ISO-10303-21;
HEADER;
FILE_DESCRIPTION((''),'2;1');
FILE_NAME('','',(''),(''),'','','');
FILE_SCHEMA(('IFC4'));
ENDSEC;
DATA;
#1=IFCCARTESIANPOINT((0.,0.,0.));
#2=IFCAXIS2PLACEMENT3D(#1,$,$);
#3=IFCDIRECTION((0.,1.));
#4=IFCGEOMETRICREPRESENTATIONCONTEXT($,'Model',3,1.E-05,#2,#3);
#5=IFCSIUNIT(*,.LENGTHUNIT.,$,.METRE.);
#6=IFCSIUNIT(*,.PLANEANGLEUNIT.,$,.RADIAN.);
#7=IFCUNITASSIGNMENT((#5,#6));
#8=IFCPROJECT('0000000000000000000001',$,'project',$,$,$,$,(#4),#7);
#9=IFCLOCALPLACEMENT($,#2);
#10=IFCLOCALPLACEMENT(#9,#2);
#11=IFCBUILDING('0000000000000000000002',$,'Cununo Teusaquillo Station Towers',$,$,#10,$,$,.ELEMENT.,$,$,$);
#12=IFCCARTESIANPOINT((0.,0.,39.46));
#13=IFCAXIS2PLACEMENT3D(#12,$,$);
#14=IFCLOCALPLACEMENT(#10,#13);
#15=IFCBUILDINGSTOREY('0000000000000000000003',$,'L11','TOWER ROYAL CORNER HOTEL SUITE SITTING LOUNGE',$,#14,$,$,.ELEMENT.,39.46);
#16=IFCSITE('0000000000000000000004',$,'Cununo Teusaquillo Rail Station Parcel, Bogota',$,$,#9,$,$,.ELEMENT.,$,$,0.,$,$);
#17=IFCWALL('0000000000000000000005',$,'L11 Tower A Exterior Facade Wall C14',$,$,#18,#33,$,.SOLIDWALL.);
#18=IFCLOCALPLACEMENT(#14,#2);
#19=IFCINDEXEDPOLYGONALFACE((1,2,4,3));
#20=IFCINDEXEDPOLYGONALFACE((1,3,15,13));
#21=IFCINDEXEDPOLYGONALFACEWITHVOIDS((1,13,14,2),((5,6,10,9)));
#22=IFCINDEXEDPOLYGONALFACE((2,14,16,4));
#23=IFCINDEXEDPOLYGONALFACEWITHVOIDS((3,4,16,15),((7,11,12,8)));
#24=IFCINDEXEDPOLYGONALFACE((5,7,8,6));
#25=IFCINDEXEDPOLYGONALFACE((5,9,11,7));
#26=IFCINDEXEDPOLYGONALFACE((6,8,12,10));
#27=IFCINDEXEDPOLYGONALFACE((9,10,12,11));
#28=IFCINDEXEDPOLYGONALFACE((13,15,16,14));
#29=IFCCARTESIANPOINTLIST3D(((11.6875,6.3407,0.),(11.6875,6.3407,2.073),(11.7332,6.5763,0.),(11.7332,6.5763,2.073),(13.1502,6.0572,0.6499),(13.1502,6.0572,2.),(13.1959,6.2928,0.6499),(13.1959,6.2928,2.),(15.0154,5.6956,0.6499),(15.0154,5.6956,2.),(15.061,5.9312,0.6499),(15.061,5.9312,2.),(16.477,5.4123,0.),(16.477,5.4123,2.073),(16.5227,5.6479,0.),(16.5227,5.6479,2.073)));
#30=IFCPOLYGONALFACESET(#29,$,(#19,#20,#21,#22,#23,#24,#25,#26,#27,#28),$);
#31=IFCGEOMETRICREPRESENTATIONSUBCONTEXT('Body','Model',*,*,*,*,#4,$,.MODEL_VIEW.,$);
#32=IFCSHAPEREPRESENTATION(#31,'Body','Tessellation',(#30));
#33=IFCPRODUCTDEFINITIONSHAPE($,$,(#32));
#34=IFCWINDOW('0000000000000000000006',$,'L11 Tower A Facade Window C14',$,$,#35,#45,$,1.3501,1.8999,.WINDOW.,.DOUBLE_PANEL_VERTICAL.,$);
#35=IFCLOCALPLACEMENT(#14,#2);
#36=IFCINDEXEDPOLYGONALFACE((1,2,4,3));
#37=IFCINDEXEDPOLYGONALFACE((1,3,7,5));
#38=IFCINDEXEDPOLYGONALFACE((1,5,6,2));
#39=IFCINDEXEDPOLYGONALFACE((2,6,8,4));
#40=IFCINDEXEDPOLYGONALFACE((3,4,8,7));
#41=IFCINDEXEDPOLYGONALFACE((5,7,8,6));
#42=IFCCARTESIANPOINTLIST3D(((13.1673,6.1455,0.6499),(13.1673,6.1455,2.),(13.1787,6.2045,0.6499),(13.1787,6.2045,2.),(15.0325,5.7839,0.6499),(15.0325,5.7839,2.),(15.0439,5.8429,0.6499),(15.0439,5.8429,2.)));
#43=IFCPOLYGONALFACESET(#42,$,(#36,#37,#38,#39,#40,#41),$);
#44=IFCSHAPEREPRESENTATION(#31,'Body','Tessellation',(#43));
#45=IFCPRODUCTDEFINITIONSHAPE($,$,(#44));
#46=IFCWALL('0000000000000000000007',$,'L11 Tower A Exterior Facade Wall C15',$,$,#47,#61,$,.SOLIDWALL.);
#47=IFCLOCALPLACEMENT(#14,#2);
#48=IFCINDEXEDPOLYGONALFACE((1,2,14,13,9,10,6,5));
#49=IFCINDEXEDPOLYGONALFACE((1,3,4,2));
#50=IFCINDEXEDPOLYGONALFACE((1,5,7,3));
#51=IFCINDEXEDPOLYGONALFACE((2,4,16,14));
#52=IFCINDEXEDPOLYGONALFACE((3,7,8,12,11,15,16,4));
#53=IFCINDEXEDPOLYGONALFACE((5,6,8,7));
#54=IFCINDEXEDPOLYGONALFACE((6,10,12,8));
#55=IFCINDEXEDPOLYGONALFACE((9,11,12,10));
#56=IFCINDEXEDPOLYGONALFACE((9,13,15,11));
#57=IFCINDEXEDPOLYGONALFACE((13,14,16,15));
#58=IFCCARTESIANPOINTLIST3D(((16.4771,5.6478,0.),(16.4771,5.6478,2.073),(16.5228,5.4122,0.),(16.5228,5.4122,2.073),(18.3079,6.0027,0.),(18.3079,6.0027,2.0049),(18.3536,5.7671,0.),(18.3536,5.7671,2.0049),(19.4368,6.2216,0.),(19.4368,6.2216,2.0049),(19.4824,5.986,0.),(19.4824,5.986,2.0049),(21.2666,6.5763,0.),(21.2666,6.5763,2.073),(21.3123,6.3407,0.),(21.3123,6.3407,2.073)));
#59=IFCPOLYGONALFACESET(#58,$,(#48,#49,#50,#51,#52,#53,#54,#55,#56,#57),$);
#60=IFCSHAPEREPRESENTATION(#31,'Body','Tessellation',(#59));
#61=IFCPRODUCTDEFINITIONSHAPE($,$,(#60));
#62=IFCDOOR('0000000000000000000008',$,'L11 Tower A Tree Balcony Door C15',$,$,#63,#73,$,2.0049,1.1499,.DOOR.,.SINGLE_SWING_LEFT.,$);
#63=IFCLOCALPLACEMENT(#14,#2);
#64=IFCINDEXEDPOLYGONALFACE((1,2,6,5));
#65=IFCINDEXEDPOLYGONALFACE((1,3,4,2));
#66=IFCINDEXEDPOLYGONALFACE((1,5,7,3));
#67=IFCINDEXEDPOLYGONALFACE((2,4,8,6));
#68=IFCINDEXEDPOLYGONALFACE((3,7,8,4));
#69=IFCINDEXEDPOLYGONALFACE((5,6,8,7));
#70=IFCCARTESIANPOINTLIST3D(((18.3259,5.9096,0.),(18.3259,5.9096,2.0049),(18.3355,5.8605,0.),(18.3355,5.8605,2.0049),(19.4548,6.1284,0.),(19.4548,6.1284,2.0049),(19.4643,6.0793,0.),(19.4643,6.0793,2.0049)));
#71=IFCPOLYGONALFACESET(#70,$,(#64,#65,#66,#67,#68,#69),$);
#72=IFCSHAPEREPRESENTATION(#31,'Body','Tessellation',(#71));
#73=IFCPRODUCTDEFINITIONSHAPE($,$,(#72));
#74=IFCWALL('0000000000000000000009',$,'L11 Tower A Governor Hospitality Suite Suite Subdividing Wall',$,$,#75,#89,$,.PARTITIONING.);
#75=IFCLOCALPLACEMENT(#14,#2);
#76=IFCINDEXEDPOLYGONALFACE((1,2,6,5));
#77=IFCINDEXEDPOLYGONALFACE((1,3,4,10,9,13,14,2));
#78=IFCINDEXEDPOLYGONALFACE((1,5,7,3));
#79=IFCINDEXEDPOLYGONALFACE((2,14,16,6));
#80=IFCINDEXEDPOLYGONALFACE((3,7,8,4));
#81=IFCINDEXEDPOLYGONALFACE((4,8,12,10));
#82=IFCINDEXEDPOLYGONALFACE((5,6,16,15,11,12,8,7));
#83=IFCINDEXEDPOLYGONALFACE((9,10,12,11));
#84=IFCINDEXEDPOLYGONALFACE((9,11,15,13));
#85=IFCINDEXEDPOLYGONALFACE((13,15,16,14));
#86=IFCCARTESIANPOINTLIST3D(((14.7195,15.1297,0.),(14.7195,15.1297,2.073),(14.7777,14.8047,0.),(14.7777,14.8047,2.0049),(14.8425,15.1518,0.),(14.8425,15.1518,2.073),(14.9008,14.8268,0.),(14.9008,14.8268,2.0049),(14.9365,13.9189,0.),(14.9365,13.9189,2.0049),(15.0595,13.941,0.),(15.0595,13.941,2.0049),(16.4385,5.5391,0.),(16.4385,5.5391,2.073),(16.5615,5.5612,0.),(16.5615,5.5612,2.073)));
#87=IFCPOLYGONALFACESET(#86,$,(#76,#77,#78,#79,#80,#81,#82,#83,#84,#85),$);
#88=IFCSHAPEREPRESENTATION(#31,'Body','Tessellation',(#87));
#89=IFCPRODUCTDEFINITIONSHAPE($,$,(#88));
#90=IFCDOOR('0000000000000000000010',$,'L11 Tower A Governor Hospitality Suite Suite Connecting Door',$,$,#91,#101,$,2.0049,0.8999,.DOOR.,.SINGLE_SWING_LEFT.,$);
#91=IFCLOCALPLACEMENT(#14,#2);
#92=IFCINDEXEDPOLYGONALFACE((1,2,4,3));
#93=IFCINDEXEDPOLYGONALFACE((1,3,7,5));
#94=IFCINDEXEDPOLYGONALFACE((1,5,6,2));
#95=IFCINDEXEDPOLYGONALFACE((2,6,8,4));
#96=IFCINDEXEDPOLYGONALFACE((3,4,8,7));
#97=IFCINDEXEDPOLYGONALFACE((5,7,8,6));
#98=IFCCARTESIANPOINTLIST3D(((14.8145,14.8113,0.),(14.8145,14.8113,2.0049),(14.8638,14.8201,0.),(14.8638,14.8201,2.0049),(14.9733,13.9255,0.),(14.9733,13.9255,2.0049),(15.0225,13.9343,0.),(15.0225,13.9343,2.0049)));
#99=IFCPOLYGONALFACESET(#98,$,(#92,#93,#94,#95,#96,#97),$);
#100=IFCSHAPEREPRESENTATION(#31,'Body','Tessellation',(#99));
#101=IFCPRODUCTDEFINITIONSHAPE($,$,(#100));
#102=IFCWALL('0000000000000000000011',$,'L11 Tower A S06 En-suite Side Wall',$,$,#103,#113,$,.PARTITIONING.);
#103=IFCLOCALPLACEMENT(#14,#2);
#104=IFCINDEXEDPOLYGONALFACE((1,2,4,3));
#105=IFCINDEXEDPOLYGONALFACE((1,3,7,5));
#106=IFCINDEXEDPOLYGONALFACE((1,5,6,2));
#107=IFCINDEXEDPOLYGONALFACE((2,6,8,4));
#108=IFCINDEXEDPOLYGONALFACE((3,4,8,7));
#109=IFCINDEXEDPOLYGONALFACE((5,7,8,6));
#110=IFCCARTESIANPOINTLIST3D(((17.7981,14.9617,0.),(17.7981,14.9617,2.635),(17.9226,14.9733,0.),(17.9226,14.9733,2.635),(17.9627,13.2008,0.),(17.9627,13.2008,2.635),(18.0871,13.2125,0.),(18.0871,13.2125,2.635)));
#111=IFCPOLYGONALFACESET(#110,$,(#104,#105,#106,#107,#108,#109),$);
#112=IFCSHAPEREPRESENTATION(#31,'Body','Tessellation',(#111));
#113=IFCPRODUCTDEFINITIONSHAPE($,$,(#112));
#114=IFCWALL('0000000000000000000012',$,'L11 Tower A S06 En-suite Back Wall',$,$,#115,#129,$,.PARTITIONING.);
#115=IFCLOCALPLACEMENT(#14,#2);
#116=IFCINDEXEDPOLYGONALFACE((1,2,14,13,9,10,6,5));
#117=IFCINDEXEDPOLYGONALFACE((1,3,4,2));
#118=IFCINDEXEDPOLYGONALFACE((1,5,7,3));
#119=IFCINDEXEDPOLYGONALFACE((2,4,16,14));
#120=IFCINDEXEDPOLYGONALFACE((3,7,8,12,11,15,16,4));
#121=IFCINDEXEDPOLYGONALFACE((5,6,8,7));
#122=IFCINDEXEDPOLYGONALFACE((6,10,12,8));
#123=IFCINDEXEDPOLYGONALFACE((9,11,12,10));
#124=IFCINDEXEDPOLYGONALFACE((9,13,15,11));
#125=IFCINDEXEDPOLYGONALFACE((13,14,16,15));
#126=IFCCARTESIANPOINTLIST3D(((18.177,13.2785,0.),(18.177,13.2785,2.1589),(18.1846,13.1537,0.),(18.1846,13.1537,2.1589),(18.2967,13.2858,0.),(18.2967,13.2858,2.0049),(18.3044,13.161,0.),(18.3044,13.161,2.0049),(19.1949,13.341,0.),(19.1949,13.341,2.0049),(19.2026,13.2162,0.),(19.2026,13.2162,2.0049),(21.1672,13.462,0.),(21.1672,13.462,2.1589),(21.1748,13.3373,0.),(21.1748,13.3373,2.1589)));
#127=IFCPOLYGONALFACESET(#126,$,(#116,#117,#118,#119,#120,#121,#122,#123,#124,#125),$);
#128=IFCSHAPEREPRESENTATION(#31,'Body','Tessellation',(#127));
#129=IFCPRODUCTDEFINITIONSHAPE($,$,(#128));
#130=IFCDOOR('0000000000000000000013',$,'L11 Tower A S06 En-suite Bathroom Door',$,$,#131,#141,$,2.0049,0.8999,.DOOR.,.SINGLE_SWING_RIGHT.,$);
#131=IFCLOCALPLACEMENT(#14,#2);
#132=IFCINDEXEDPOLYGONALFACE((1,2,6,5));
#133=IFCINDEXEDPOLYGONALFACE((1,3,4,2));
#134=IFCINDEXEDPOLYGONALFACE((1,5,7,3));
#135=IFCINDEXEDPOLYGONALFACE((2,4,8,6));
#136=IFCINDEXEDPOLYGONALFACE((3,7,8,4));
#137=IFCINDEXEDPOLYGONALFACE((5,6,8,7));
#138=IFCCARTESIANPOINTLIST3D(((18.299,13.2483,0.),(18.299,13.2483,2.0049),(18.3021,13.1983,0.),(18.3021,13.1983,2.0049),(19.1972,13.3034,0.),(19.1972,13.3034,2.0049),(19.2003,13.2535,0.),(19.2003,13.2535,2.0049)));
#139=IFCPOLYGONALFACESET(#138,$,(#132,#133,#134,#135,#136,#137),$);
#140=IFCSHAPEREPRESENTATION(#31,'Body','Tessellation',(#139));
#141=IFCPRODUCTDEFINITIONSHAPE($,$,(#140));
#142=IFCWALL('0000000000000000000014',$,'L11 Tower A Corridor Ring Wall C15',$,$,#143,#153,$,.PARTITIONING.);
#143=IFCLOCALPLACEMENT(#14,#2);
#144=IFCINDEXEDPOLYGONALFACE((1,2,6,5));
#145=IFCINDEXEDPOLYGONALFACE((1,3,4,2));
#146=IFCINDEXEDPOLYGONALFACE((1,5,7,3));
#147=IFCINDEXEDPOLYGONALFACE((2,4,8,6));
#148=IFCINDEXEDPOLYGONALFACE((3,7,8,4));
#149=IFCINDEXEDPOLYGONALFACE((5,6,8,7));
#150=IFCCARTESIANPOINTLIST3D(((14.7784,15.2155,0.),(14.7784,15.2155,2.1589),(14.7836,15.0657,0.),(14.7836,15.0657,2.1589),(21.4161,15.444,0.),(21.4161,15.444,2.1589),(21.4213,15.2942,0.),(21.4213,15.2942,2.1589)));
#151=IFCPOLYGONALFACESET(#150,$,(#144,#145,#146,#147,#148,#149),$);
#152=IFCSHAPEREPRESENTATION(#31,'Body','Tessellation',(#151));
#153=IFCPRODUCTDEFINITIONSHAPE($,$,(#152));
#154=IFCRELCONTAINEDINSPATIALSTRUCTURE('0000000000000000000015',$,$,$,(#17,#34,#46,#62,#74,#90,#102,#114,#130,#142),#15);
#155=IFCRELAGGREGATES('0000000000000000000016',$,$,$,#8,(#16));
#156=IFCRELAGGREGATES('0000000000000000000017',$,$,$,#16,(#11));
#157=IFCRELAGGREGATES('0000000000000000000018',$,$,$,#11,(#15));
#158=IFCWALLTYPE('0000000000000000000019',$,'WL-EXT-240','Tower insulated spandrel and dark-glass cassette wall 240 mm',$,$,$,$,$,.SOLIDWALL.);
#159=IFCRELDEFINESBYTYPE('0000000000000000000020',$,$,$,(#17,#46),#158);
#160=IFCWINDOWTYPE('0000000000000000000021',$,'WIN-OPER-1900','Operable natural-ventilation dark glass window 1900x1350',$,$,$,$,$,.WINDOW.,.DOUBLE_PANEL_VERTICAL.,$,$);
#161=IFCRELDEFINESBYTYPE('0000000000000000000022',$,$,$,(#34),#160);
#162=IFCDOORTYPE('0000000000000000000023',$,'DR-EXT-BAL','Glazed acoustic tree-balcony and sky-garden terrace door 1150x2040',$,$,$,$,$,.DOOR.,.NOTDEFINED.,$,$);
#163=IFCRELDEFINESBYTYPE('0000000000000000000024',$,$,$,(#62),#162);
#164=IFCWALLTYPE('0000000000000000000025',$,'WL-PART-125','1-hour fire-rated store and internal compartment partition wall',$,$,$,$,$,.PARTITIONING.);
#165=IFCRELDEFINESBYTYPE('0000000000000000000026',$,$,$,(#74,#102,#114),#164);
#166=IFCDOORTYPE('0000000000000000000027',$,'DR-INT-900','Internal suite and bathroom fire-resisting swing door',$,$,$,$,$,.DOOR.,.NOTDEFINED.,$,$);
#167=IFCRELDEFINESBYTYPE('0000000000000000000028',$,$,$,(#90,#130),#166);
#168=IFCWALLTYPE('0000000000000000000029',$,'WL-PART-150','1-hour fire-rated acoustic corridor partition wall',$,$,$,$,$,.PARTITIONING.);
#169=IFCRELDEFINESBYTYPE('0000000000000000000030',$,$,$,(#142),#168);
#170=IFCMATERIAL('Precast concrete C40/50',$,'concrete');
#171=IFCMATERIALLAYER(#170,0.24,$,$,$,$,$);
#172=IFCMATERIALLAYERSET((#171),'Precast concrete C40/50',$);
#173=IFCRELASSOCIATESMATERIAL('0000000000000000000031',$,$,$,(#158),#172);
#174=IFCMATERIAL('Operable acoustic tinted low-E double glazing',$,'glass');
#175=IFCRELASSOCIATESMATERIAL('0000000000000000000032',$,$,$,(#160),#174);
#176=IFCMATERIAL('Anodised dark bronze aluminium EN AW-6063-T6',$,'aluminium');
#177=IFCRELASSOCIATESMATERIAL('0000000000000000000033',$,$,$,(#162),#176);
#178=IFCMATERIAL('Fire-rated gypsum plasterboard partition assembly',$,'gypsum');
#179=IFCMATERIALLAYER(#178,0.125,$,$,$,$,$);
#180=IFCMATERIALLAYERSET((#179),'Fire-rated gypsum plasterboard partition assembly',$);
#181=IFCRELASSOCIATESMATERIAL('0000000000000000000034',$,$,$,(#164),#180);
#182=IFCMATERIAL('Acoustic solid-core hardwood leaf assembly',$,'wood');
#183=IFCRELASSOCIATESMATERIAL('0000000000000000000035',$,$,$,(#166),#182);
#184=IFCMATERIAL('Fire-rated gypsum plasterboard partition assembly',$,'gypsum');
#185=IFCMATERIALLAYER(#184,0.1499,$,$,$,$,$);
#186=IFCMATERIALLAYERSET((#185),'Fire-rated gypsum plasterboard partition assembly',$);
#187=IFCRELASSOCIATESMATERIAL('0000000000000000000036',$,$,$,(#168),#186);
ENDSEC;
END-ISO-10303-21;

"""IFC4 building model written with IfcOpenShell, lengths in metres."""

from ifc_helpers import new_model, si_unit, direction, frame, frame_2d, origin, place, context, subcontext, project, spatial, rectangle, extrude, source, transform, mapped, material, layer, layer_set, type_object, element, fill, save


model = new_model("IFC4")

# Units and contexts
model_context = context("Model", 3, precision=1e-05, world=origin(), true_north=direction((0.0, 1.0)))
body_context = subcontext(model_context, "Body", "Model", "MODEL_VIEW")
ifc_project = project(units=[si_unit("LENGTHUNIT", "METRE"), si_unit("PLANEANGLEUNIT", "RADIAN")], contexts=[model_context])

# Site, building, storey
site_placement = place(None, origin())
site = spatial("IfcSite", under=ifc_project, at=site_placement, Name="Cununo Teusaquillo Rail Station Parcel, Bogota", CompositionType="ELEMENT", RefElevation=0.0)
building_placement = place(site_placement, origin())
building = spatial("IfcBuilding", under=site, at=building_placement, Name="Cununo Teusaquillo Station Towers", CompositionType="ELEMENT")
storey_placement = place(building_placement, frame((0.0, 0.0, 39.46)))
storey = spatial("IfcBuildingStorey", under=building, at=storey_placement, Name="L11", Description="TOWER ROYAL CORNER HOTEL SUITE SITTING LOUNGE", CompositionType="ELEMENT", Elevation=39.46)

# Wall, opening, window
ifc_material_1 = material(Name="Precast concrete C40/50", Category="concrete")
ifc_layer_1 = layer(ifc_material_1, 0.24)
ifc_layer_set_1 = layer_set([ifc_layer_1], Name="Precast concrete C40/50")
wall_type_1 = type_object("IfcWallType", Name="WL-EXT-240", Description="Tower insulated spandrel and dark-glass cassette wall 240 mm", PredefinedType="SOLIDWALL", material=ifc_layer_set_1)
wall_1_placement = place(storey_placement, frame((16.5, 5.53, 0.0), z_axis=(0.0, 0.0, 1.0), x_axis=(-0.981724, 0.19031, 0.0)))
wall_1 = element("IfcWall", 1, at=wall_1_placement, inside=storey, type_object=wall_type_1, Name="L11 Tower A Exterior Facade Wall C14", PredefinedType="SOLIDWALL", context=body_context, shape_type="SweptSolid", body=[
    extrude(rectangle(XDim=4.8787, YDim=0.24, at=frame_2d((2.4395, 0.0))), origin(), (0.0, 0.0, 1.0), 2.073),
])
shared_shape_1 = source(origin(), body_context, "Body", "SweptSolid", [
    extrude(rectangle(XDim=1.8999, YDim=1.3501, at=frame_2d((0.95, 0.675))), frame((0.0, 0.1299, 0.0), z_axis=(0.0, -1.0, 0.0), x_axis=(1.0, 0.0, 0.0)), (0.0, 0.0, 1.0), 0.26),
])
opening_1_placement = place(wall_1_placement, frame((1.489, 0.0, 0.6499)))
opening_1 = element("IfcOpeningElement", 2, at=opening_1_placement, cuts=wall_1, PredefinedType="OPENING", context=body_context, shape_type="MappedRepresentation", body=[
    mapped(shared_shape_1, transform((0.0, 0.0, 0.0), x_axis=(1.0, 0.0, 0.0), y_axis=(0.0, 1.0, 0.0), z_axis=(0.0, 0.0, 1.0), scale=1.0)),
])
ifc_material_2 = material(Name="Operable acoustic tinted low-E double glazing", Category="glass")
window_type = type_object("IfcWindowType", Name="WIN-OPER-1900", Description="Operable natural-ventilation dark glass window 1900x1350", PartitioningType="DOUBLE_PANEL_VERTICAL", PredefinedType="WINDOW", material=ifc_material_2)
shared_shape_2 = source(origin(), body_context, "Body", "SweptSolid", [
    extrude(rectangle(XDim=1.8999, YDim=1.3501, at=frame_2d((0.95, 0.675))), frame((0.0, 0.03, 0.0), z_axis=(0.0, -1.0, 0.0), x_axis=(1.0, 0.0, 0.0)), (0.0, 0.0, 1.0), 0.0601),
])
window_placement = place(opening_1_placement, origin())
window = element("IfcWindow", 3, at=window_placement, inside=storey, type_object=window_type, Name="L11 Tower A Facade Window C14", OverallHeight=1.3501, OverallWidth=1.8999, PartitioningType="DOUBLE_PANEL_VERTICAL", PredefinedType="WINDOW", context=body_context, shape_type="MappedRepresentation", body=[
    mapped(shared_shape_2, transform((0.0, 0.0, 0.0), x_axis=(1.0, 0.0, 0.0), y_axis=(0.0, 1.0, 0.0), z_axis=(0.0, 0.0, 1.0), scale=1.0)),
])
fill(opening_1, window)

# Walls, openings, doors
wall_2_placement = place(storey_placement, frame((21.2896, 6.4585, 0.0), z_axis=(0.0, 0.0, 1.0), x_axis=(-0.981724, -0.19031, 0.0)))
wall_2 = element("IfcWall", 4, at=wall_2_placement, inside=storey, type_object=wall_type_1, Name="L11 Tower A Exterior Facade Wall C15", PredefinedType="SOLIDWALL", context=body_context, shape_type="SweptSolid", body=[
    extrude(rectangle(XDim=4.8787, YDim=0.24, at=frame_2d((2.4395, 0.0))), origin(), (0.0, 0.0, 1.0), 2.073),
])
shared_shape_3 = source(origin(), body_context, "Body", "SweptSolid", [
    extrude(rectangle(XDim=1.1499, YDim=2.0049, at=frame_2d((0.575, 1.0024))), frame((0.0, 0.1299, 0.0), z_axis=(0.0, -1.0, 0.0), x_axis=(1.0, 0.0, 0.0)), (0.0, 0.0, 1.0), 0.26),
])
opening_2_placement = place(wall_2_placement, frame((1.864, 0.0, 0.0)))
opening_2 = element("IfcOpeningElement", 5, at=opening_2_placement, cuts=wall_2, PredefinedType="OPENING", context=body_context, shape_type="MappedRepresentation", body=[
    mapped(shared_shape_3, transform((0.0, 0.0, 0.0), x_axis=(1.0, 0.0, 0.0), y_axis=(0.0, 1.0, 0.0), z_axis=(0.0, 0.0, 1.0), scale=1.0)),
])
ifc_material_3 = material(Name="Anodised dark bronze aluminium EN AW-6063-T6", Category="aluminium")
door_type_1 = type_object("IfcDoorType", Name="DR-EXT-BAL", Description="Glazed acoustic tree-balcony and sky-garden terrace door 1150x2040", OperationType="NOTDEFINED", PredefinedType="DOOR", material=ifc_material_3)
shared_shape_4 = source(origin(), body_context, "Body", "SweptSolid", [
    extrude(rectangle(XDim=1.1499, YDim=2.0049, at=frame_2d((0.575, 1.0024))), frame((0.0, 0.0249, 0.0), z_axis=(0.0, -1.0, 0.0), x_axis=(1.0, 0.0, 0.0)), (0.0, 0.0, 1.0), 0.05),
])
door_1_placement = place(opening_2_placement, origin())
door_1 = element("IfcDoor", 6, at=door_1_placement, inside=storey, type_object=door_type_1, Name="L11 Tower A Tree Balcony Door C15", OperationType="SINGLE_SWING_LEFT", OverallHeight=2.0049, OverallWidth=1.1499, PredefinedType="DOOR", context=body_context, shape_type="MappedRepresentation", body=[
    mapped(shared_shape_4, transform((0.0, 0.0, 0.0), x_axis=(1.0, 0.0, 0.0), y_axis=(0.0, 1.0, 0.0), z_axis=(0.0, 0.0, 1.0), scale=1.0)),
])
fill(opening_2, door_1)
ifc_material_4 = material(Name="Fire-rated gypsum plasterboard partition assembly", Category="gypsum")
ifc_layer_2 = layer(ifc_material_4, 0.125)
ifc_layer_set_2 = layer_set([ifc_layer_2], Name="Fire-rated gypsum plasterboard partition assembly")
wall_type_2 = type_object("IfcWallType", Name="WL-PART-125", Description="1-hour fire-rated store and internal compartment partition wall", PredefinedType="PARTITIONING", material=ifc_layer_set_2)
wall_3_placement = place(storey_placement, frame((14.781, 15.1406, 0.0), z_axis=(0.0, 0.0, 1.0), x_axis=(0.176426, -0.984314, 0.0)))
wall_3 = element("IfcWall", 7, at=wall_3_placement, inside=storey, type_object=wall_type_2, Name="L11 Tower A Governor Hospitality Suite Suite Subdividing Wall", PredefinedType="PARTITIONING", context=body_context, shape_type="SweptSolid", body=[
    extrude(rectangle(XDim=9.7434, YDim=0.125, at=frame_2d((4.8716, 0.0))), origin(), (0.0, 0.0, 1.0), 2.073),
])
shared_shape_5 = source(origin(), body_context, "Body", "SweptSolid", [
    extrude(rectangle(XDim=0.8999, YDim=2.0049, at=frame_2d((0.45, 1.0024))), frame((0.0, 0.0725, 0.0), z_axis=(0.0, -1.0, 0.0), x_axis=(1.0, 0.0, 0.0)), (0.0, 0.0, 1.0), 0.145),
])
opening_3_placement = place(wall_3_placement, frame((0.3301, 0.0, 0.0)))
opening_3 = element("IfcOpeningElement", 8, at=opening_3_placement, cuts=wall_3, PredefinedType="OPENING", context=body_context, shape_type="MappedRepresentation", body=[
    mapped(shared_shape_5, transform((0.0, 0.0, 0.0), x_axis=(1.0, 0.0, 0.0), y_axis=(0.0, 1.0, 0.0), z_axis=(0.0, 0.0, 1.0), scale=1.0)),
])
ifc_material_5 = material(Name="Acoustic solid-core hardwood leaf assembly", Category="wood")
door_type_2 = type_object("IfcDoorType", Name="DR-INT-900", Description="Internal suite and bathroom fire-resisting swing door", OperationType="NOTDEFINED", PredefinedType="DOOR", material=ifc_material_5)
shared_shape_6 = source(origin(), body_context, "Body", "SweptSolid", [
    extrude(rectangle(XDim=0.8999, YDim=2.0049, at=frame_2d((0.45, 1.0024))), frame((0.0, 0.0249, 0.0), z_axis=(0.0, -1.0, 0.0), x_axis=(1.0, 0.0, 0.0)), (0.0, 0.0, 1.0), 0.05),
])
door_2_placement = place(opening_3_placement, origin())
door_2 = element("IfcDoor", 9, at=door_2_placement, inside=storey, type_object=door_type_2, Name="L11 Tower A Governor Hospitality Suite Suite Connecting Door", OperationType="SINGLE_SWING_LEFT", OverallHeight=2.0049, OverallWidth=0.8999, PredefinedType="DOOR", context=body_context, shape_type="MappedRepresentation", body=[
    mapped(shared_shape_6, transform((0.0, 0.0, 0.0), x_axis=(1.0, 0.0, 0.0), y_axis=(0.0, 1.0, 0.0), z_axis=(0.0, 0.0, 1.0), scale=1.0)),
])
fill(opening_3, door_2)

# Wall
wall_4_placement = place(storey_placement, frame((17.8604, 14.9675, 0.0), z_axis=(0.0, 0.0, 1.0), x_axis=(0.093037, -0.995663, 0.0)))
element("IfcWall", 10, at=wall_4_placement, inside=storey, type_object=wall_type_2, Name="L11 Tower A S06 En-suite Side Wall", PredefinedType="PARTITIONING", context=body_context, shape_type="SweptSolid", body=[
    extrude(rectangle(XDim=1.7686, YDim=0.125, at=frame_2d((0.8843, 0.0))), origin(), (0.0, 0.0, 1.0), 2.635),
])

# Wall, opening, door
wall_5_placement = place(storey_placement, frame((18.1807, 13.2161, 0.0), z_axis=(0.0, 0.0, 1.0), x_axis=(0.99812, 0.061282, 0.0)))
wall_5 = element("IfcWall", 11, at=wall_5_placement, inside=storey, type_object=wall_type_2, Name="L11 Tower A S06 En-suite Back Wall", PredefinedType="PARTITIONING", context=body_context, shape_type="SweptSolid", body=[
    extrude(rectangle(XDim=2.9958, YDim=0.125, at=frame_2d((1.498, 0.0))), origin(), (0.0, 0.0, 1.0), 2.1589),
])
opening_4_placement = place(wall_5_placement, frame((0.1201, 0.0, 0.0)))
opening_4 = element("IfcOpeningElement", 12, at=opening_4_placement, cuts=wall_5, PredefinedType="OPENING", context=body_context, shape_type="MappedRepresentation", body=[
    mapped(shared_shape_5, transform((0.0, 0.0, 0.0), x_axis=(1.0, 0.0, 0.0), y_axis=(0.0, 1.0, 0.0), z_axis=(0.0, 0.0, 1.0), scale=1.0)),
])
door_3_placement = place(opening_4_placement, origin())
door_3 = element("IfcDoor", 13, at=door_3_placement, inside=storey, type_object=door_type_2, Name="L11 Tower A S06 En-suite Bathroom Door", OperationType="SINGLE_SWING_RIGHT", OverallHeight=2.0049, OverallWidth=0.8999, PredefinedType="DOOR", context=body_context, shape_type="MappedRepresentation", body=[
    mapped(shared_shape_6, transform((0.0, 0.0, 0.0), x_axis=(1.0, 0.0, 0.0), y_axis=(0.0, 1.0, 0.0), z_axis=(0.0, 0.0, 1.0), scale=1.0)),
])
fill(opening_4, door_3)

# Wall
ifc_material_6 = material(Name="Fire-rated gypsum plasterboard partition assembly", Category="gypsum")
ifc_layer_3 = layer(ifc_material_6, 0.1499)
ifc_layer_set_3 = layer_set([ifc_layer_3], Name="Fire-rated gypsum plasterboard partition assembly")
wall_type_3 = type_object("IfcWallType", Name="WL-PART-150", Description="1-hour fire-rated acoustic corridor partition wall", PredefinedType="PARTITIONING", material=ifc_layer_set_3)
wall_6_placement = place(storey_placement, frame((14.781, 15.1406, 0.0), z_axis=(0.0, 0.0, 1.0), x_axis=(0.999408, 0.034407, 0.0)))
element("IfcWall", 14, at=wall_6_placement, inside=storey, type_object=wall_type_3, Name="L11 Tower A Corridor Ring Wall C15", PredefinedType="PARTITIONING", context=body_context, shape_type="SweptSolid", body=[
    extrude(rectangle(XDim=6.6416, YDim=0.1499, at=frame_2d((3.3208, 0.0))), origin(), (0.0, 0.0, 1.0), 2.1589),
])

save(model, "model.ifc")
